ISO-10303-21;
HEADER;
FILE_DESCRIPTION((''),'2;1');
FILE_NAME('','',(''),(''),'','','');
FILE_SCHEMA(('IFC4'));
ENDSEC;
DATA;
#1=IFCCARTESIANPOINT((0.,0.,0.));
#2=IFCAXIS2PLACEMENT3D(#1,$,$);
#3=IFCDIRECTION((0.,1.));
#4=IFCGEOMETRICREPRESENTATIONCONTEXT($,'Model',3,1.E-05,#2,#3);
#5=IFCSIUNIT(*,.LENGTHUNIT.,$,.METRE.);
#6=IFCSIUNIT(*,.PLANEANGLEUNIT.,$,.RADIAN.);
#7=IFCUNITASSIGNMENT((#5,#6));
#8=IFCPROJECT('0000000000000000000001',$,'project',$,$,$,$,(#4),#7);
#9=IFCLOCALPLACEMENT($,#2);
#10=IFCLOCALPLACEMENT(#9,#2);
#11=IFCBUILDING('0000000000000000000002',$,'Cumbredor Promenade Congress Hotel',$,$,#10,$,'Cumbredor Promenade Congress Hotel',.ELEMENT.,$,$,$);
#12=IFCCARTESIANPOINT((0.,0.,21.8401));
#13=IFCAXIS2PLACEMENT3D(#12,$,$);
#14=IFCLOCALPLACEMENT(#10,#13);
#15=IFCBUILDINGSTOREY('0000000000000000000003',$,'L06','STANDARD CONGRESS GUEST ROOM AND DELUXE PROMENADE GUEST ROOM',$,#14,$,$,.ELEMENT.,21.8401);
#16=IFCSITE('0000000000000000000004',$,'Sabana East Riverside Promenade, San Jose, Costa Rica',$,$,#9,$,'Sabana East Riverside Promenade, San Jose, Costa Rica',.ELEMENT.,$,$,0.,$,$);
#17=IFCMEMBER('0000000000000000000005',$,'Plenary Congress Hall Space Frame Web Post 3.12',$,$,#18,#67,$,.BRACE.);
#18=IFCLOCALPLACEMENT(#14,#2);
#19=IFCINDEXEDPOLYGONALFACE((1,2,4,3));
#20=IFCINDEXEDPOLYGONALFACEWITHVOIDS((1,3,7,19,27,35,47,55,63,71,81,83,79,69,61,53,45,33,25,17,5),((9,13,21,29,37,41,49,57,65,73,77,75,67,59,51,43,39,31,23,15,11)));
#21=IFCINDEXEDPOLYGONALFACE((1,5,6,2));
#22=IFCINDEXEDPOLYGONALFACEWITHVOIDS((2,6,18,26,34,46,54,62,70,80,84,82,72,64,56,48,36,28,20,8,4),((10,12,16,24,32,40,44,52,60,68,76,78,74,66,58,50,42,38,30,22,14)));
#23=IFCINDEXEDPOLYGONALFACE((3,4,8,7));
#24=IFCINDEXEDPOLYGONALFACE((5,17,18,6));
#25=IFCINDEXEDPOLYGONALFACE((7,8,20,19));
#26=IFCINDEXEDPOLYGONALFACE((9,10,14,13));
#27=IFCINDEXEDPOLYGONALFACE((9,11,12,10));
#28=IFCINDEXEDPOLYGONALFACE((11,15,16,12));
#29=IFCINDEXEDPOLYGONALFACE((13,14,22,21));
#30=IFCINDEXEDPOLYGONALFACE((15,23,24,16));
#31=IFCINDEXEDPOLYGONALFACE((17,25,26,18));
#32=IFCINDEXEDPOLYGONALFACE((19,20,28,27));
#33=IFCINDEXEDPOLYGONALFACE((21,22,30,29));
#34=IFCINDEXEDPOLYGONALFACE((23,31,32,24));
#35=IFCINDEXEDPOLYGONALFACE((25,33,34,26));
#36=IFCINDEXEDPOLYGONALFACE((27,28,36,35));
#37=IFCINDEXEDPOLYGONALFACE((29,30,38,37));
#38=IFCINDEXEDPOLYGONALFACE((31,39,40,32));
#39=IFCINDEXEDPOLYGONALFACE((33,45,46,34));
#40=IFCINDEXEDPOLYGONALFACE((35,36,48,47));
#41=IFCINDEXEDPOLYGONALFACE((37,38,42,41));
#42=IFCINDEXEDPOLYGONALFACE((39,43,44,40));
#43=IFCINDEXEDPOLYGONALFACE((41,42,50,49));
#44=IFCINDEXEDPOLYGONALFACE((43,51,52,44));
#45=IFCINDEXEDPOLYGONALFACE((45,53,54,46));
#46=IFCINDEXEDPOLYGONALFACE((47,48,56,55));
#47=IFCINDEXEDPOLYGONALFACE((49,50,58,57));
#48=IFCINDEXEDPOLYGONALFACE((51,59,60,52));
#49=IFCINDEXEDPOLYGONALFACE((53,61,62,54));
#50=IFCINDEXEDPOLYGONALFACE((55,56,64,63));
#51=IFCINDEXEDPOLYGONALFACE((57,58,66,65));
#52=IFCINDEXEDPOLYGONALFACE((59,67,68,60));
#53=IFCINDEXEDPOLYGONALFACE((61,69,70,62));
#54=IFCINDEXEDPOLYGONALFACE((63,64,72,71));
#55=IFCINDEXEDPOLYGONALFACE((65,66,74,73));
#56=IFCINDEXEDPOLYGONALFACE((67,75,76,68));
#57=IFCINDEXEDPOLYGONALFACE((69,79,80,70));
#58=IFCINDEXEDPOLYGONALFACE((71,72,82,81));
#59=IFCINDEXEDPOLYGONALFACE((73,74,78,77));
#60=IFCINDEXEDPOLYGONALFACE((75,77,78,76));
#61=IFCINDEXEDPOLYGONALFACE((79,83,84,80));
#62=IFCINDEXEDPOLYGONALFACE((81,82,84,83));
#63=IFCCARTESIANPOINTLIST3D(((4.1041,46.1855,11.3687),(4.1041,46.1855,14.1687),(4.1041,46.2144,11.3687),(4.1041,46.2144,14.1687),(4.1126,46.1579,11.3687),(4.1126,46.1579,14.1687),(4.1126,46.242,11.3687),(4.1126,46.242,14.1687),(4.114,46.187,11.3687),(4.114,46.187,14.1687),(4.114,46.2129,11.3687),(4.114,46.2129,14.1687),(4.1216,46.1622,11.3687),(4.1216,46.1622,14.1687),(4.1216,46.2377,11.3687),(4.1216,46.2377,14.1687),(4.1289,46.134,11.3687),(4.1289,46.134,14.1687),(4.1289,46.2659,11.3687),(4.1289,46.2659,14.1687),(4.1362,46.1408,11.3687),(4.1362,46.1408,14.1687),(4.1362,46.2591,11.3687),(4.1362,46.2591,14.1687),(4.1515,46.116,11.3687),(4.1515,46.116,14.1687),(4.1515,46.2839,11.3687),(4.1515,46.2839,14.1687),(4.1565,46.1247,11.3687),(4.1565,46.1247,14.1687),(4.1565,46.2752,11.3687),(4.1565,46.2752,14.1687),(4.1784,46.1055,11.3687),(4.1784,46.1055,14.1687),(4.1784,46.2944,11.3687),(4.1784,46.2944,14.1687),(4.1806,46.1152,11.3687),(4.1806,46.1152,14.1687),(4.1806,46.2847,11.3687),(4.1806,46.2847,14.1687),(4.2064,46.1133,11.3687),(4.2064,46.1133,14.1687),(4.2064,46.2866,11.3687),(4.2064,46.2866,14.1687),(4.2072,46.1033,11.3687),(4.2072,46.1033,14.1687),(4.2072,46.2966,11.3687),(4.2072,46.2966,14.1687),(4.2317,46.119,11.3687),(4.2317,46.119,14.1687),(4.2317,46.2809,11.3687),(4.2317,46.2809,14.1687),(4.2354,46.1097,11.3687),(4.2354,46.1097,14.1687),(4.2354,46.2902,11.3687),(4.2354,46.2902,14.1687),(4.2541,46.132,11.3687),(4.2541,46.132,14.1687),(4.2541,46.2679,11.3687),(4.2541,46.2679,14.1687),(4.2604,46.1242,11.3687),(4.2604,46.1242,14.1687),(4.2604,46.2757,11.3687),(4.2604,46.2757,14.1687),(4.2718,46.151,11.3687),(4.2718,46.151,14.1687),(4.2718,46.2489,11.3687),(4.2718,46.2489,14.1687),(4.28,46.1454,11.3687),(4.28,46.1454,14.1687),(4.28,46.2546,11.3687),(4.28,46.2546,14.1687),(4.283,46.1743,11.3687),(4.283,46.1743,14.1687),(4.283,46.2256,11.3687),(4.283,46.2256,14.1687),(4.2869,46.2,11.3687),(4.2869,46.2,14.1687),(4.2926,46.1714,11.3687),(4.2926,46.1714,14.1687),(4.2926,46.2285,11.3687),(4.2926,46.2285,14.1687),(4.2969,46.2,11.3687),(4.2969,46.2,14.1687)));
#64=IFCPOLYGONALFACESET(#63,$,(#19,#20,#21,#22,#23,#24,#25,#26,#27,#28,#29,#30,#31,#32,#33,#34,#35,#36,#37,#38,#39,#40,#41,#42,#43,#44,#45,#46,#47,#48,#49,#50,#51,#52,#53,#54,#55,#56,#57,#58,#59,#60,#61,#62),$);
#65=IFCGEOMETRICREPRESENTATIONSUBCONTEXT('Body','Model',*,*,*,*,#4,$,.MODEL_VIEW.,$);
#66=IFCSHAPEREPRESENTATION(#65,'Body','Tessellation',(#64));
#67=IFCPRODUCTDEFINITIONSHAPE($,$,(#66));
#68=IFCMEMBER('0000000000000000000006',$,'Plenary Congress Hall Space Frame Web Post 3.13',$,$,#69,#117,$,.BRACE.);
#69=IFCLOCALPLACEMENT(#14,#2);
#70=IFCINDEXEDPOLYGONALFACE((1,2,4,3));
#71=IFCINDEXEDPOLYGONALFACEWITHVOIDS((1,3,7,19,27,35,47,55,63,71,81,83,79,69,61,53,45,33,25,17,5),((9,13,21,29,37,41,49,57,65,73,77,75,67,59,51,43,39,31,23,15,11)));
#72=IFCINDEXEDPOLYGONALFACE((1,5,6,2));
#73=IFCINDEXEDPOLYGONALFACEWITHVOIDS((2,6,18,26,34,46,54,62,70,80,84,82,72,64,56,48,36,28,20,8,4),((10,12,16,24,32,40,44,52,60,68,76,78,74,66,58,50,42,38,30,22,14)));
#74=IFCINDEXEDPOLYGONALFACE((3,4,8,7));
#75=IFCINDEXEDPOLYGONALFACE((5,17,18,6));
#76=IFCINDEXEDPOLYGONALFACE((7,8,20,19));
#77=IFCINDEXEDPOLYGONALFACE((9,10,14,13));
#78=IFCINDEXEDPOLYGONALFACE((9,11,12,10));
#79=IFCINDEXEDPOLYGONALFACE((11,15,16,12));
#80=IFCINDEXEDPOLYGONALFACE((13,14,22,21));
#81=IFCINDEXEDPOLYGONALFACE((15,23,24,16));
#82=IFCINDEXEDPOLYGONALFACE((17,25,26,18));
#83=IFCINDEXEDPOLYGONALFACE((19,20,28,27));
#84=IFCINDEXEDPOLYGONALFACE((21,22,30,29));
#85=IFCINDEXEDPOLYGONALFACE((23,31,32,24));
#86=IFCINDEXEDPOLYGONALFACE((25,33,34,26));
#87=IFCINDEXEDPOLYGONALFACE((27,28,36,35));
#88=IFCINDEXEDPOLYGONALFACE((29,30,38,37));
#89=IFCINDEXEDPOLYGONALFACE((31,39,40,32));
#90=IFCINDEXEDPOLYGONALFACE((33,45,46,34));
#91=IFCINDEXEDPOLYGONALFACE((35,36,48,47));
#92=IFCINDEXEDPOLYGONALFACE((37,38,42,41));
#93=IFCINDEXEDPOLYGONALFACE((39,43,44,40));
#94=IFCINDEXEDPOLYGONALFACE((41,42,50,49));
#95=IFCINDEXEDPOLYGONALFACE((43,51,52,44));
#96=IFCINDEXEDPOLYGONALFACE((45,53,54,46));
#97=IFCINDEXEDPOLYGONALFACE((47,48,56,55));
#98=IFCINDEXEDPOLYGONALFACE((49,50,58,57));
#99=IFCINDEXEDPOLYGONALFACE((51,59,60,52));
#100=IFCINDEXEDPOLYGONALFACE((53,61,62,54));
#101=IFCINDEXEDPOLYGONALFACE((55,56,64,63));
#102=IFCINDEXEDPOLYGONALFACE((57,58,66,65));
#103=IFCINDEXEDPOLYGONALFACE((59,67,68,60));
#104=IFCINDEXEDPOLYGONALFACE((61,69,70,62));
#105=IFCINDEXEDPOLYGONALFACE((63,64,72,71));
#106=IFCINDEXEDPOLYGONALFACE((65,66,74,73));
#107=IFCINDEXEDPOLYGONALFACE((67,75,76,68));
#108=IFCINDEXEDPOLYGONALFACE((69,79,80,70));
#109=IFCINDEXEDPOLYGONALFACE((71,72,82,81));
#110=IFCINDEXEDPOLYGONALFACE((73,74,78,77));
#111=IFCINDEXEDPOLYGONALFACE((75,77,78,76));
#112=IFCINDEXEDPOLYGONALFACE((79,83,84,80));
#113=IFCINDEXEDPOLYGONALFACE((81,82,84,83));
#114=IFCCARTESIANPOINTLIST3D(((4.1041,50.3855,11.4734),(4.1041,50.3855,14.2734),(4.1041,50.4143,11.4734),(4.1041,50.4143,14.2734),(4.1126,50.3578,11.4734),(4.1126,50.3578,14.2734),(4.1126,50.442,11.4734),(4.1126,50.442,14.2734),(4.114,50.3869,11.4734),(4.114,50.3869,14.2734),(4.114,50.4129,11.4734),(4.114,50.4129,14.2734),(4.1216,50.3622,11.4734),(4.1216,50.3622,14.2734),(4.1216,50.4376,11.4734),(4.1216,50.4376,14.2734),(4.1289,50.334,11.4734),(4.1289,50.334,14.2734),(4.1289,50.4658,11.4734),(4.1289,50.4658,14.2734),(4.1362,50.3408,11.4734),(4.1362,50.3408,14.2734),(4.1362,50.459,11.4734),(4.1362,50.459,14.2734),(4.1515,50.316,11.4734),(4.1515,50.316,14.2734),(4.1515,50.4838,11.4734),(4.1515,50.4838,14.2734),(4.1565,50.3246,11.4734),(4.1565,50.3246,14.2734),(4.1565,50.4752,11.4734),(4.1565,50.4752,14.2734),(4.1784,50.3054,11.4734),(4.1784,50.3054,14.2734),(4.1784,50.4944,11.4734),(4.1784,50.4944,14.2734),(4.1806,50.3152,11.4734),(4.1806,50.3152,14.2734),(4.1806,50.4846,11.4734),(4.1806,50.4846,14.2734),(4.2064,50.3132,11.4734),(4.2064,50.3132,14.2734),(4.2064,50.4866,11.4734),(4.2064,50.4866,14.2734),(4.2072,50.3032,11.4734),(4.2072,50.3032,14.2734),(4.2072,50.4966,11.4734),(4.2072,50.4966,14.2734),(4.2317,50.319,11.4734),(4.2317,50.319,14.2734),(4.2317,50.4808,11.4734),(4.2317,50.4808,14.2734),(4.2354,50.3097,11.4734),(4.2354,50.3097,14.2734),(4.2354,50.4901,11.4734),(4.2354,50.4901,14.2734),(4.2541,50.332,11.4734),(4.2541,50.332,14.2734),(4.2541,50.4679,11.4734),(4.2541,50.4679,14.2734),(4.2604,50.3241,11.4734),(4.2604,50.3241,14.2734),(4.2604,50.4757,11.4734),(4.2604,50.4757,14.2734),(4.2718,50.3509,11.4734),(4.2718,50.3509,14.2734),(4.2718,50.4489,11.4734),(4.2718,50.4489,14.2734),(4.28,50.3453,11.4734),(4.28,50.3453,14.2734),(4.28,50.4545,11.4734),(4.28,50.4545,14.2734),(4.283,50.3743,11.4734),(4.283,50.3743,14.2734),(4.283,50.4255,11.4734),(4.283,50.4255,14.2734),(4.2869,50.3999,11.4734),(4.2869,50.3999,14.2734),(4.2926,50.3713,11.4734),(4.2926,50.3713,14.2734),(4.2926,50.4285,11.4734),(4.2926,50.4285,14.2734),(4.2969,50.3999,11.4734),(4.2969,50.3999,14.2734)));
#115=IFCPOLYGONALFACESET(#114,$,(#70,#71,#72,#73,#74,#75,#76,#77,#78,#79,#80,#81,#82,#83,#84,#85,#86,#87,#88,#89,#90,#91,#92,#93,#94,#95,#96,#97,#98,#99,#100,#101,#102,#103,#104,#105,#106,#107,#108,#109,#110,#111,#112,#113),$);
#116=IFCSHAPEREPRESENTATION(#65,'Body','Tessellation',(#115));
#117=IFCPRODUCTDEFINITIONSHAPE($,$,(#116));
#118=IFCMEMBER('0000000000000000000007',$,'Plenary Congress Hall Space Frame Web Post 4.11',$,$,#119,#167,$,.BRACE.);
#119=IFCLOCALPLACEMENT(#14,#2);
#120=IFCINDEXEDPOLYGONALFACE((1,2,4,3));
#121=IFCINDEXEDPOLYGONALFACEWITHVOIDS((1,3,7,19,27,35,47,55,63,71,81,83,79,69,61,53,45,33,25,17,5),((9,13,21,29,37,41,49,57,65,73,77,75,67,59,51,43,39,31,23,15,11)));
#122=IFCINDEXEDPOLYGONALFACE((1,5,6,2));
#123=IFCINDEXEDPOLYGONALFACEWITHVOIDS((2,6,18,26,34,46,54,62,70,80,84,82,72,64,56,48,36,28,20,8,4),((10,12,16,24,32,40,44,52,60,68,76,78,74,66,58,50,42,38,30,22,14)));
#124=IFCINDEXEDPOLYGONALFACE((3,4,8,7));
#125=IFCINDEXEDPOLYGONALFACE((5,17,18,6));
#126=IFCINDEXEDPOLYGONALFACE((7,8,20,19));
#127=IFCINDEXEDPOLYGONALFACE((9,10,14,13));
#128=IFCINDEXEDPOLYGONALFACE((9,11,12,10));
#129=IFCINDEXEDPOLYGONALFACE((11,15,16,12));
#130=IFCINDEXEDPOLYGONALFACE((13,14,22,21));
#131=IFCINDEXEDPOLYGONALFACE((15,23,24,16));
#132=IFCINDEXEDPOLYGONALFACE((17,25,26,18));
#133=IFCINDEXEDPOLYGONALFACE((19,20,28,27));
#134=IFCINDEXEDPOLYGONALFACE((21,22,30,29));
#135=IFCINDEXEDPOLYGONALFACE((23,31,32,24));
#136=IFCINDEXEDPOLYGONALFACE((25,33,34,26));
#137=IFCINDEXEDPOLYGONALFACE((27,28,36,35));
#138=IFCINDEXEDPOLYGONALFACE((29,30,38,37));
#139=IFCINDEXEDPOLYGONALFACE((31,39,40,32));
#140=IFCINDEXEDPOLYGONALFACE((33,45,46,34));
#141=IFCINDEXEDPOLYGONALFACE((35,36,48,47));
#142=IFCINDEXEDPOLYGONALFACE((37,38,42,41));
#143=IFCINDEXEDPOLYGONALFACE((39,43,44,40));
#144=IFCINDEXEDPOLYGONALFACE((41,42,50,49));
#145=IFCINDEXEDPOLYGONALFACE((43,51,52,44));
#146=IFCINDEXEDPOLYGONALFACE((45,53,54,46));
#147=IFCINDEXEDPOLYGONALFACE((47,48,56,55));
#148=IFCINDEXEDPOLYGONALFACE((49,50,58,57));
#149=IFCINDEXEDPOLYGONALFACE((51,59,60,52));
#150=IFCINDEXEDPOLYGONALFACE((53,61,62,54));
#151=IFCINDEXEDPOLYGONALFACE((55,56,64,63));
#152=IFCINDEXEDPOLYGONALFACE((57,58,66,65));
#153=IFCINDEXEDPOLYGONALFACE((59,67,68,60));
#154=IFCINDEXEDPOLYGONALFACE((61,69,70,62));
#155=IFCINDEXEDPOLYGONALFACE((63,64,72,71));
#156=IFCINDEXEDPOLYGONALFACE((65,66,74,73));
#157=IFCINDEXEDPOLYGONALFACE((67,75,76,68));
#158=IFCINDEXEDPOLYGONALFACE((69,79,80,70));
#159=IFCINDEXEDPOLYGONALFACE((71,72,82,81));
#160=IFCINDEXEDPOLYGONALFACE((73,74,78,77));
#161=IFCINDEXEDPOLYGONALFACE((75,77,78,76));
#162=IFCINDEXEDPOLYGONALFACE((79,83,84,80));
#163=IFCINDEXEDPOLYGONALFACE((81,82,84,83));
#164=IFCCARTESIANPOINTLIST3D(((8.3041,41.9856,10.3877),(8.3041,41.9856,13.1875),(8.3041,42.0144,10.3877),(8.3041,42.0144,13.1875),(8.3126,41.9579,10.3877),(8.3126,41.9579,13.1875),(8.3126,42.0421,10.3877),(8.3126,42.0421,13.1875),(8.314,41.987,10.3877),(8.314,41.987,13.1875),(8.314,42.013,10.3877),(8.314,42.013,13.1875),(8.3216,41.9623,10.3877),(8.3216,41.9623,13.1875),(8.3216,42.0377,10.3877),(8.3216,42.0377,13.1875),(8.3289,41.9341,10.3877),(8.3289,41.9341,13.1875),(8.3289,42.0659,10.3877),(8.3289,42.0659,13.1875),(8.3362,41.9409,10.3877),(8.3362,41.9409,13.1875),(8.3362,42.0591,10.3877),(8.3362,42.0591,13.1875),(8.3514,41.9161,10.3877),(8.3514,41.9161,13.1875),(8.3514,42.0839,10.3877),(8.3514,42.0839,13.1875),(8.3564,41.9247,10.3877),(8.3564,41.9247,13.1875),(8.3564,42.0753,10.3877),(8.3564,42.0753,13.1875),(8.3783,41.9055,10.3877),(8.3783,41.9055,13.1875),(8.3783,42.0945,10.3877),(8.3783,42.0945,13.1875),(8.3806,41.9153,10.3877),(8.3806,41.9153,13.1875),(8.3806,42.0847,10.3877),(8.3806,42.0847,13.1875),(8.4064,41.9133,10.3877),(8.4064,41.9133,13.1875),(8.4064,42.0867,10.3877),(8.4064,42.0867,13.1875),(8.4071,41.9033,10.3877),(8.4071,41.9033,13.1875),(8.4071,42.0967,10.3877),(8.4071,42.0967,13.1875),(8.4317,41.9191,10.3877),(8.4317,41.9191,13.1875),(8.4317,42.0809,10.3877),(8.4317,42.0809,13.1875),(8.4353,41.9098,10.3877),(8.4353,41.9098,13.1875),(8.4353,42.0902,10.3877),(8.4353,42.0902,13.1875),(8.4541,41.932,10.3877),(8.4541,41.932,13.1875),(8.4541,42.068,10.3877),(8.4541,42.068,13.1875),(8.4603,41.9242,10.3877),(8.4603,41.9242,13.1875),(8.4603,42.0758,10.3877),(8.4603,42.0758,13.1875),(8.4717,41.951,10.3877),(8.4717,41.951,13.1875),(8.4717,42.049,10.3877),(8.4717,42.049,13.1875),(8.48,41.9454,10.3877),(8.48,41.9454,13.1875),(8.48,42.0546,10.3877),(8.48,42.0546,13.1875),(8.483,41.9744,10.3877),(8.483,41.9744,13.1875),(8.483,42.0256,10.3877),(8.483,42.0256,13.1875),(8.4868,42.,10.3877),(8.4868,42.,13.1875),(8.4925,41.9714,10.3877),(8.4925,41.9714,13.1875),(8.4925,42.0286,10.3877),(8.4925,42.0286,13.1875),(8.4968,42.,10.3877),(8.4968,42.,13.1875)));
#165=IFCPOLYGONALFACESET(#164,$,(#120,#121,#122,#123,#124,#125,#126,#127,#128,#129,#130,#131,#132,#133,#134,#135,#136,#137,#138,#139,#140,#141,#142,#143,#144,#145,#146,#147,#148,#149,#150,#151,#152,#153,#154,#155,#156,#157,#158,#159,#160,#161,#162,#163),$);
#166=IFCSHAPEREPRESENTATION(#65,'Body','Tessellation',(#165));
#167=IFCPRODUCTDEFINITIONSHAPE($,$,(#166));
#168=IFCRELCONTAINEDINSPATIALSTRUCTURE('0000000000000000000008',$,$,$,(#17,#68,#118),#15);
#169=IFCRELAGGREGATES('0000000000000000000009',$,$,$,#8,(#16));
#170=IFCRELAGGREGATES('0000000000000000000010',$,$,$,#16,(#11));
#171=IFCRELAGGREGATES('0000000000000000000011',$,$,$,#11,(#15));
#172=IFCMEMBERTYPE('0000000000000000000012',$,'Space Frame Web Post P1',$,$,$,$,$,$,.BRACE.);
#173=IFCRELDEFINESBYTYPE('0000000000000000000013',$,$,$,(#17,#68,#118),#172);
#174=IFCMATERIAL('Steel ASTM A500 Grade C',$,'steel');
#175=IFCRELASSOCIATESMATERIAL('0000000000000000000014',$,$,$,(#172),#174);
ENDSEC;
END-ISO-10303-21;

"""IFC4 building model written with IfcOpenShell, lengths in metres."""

from ifc_helpers import new_model, si_unit, direction, frame, origin, origin_2d, place, context, subcontext, project, spatial, hollow_circle, extrude, material, material_profile, profile_set, type_object, element, save


model = new_model("IFC4")

# Units and contexts
model_context = context("Model", 3, precision=1e-05, world=origin(), true_north=direction((0.0, 1.0)))
body_context = subcontext(model_context, "Body", "Model", "MODEL_VIEW")
ifc_project = project(units=[si_unit("LENGTHUNIT", "METRE"), si_unit("PLANEANGLEUNIT", "RADIAN")], contexts=[model_context])

# Site, building, storey
site_placement = place(None, origin())
site = spatial("IfcSite", under=ifc_project, at=site_placement, Name="Sabana East Riverside Promenade, San Jose, Costa Rica", LongName="Sabana East Riverside Promenade, San Jose, Costa Rica", CompositionType="ELEMENT", RefElevation=0.0)
building_placement = place(site_placement, origin())
building = spatial("IfcBuilding", under=site, at=building_placement, Name="Cumbredor Promenade Congress Hotel", LongName="Cumbredor Promenade Congress Hotel", CompositionType="ELEMENT")
storey_placement = place(building_placement, frame((0.0, 0.0, 21.8401)))
storey = spatial("IfcBuildingStorey", under=building, at=storey_placement, Name="L06", Description="STANDARD CONGRESS GUEST ROOM AND DELUXE PROMENADE GUEST ROOM", CompositionType="ELEMENT", Elevation=21.8401)

# Members
ifc_material_1 = material(Name="Steel ASTM A500 Grade C", Category="steel")
ifc_material_profile_1 = material_profile(ifc_material_1, hollow_circle(Radius=0.0969, WallThickness=0.01, at=origin_2d()), Name="CHS 193.7x10")
ifc_profile_set_1 = profile_set([ifc_material_profile_1], Name="Steel ASTM A500 Grade C")
member_type_1 = type_object("IfcMemberType", Name="Space Frame Web Post P1", PredefinedType="BRACE", material=ifc_profile_set_1)
for number, where, z_axis, x_axis, name in (
    (1, (4.2, 46.2, 11.3687), (0.0, 0.0, 1.0), (1.0, 0.0, 0.0), "Plenary Congress Hall Space Frame Web Post 3.12"),
    (2, (4.2, 50.3999, 11.4734), (0.0, 0.0, 1.0), (1.0, 0.0, 0.0), "Plenary Congress Hall Space Frame Web Post 3.13"),
):
    element("IfcMember", number, at=place(storey_placement, frame(where, z_axis=z_axis, x_axis=x_axis)), inside=storey, type_object=member_type_1, Name=name, PredefinedType="BRACE", context=body_context, shape_type="SweptSolid", body=[
        extrude(hollow_circle(Radius=0.0969, WallThickness=0.01, at=origin_2d()), origin(), (0.0, 0.0, 1.0), 2.8),
    ])
for number, where, z_axis, x_axis, name in (
    (3, (8.3999, 42.0, 10.3877), (0.0, 0.0, 1.0), (1.0, 0.0, 0.0), "Plenary Congress Hall Space Frame Web Post 4.11"),
):
    element("IfcMember", number, at=place(storey_placement, frame(where, z_axis=z_axis, x_axis=x_axis)), inside=storey, type_object=member_type_1, Name=name, PredefinedType="BRACE", context=body_context, shape_type="SweptSolid", body=[
        extrude(hollow_circle(Radius=0.0969, WallThickness=0.01, at=origin_2d()), origin(), (0.0, 0.0, 1.0), 2.7998),
    ])

save(model, "model.ifc")
